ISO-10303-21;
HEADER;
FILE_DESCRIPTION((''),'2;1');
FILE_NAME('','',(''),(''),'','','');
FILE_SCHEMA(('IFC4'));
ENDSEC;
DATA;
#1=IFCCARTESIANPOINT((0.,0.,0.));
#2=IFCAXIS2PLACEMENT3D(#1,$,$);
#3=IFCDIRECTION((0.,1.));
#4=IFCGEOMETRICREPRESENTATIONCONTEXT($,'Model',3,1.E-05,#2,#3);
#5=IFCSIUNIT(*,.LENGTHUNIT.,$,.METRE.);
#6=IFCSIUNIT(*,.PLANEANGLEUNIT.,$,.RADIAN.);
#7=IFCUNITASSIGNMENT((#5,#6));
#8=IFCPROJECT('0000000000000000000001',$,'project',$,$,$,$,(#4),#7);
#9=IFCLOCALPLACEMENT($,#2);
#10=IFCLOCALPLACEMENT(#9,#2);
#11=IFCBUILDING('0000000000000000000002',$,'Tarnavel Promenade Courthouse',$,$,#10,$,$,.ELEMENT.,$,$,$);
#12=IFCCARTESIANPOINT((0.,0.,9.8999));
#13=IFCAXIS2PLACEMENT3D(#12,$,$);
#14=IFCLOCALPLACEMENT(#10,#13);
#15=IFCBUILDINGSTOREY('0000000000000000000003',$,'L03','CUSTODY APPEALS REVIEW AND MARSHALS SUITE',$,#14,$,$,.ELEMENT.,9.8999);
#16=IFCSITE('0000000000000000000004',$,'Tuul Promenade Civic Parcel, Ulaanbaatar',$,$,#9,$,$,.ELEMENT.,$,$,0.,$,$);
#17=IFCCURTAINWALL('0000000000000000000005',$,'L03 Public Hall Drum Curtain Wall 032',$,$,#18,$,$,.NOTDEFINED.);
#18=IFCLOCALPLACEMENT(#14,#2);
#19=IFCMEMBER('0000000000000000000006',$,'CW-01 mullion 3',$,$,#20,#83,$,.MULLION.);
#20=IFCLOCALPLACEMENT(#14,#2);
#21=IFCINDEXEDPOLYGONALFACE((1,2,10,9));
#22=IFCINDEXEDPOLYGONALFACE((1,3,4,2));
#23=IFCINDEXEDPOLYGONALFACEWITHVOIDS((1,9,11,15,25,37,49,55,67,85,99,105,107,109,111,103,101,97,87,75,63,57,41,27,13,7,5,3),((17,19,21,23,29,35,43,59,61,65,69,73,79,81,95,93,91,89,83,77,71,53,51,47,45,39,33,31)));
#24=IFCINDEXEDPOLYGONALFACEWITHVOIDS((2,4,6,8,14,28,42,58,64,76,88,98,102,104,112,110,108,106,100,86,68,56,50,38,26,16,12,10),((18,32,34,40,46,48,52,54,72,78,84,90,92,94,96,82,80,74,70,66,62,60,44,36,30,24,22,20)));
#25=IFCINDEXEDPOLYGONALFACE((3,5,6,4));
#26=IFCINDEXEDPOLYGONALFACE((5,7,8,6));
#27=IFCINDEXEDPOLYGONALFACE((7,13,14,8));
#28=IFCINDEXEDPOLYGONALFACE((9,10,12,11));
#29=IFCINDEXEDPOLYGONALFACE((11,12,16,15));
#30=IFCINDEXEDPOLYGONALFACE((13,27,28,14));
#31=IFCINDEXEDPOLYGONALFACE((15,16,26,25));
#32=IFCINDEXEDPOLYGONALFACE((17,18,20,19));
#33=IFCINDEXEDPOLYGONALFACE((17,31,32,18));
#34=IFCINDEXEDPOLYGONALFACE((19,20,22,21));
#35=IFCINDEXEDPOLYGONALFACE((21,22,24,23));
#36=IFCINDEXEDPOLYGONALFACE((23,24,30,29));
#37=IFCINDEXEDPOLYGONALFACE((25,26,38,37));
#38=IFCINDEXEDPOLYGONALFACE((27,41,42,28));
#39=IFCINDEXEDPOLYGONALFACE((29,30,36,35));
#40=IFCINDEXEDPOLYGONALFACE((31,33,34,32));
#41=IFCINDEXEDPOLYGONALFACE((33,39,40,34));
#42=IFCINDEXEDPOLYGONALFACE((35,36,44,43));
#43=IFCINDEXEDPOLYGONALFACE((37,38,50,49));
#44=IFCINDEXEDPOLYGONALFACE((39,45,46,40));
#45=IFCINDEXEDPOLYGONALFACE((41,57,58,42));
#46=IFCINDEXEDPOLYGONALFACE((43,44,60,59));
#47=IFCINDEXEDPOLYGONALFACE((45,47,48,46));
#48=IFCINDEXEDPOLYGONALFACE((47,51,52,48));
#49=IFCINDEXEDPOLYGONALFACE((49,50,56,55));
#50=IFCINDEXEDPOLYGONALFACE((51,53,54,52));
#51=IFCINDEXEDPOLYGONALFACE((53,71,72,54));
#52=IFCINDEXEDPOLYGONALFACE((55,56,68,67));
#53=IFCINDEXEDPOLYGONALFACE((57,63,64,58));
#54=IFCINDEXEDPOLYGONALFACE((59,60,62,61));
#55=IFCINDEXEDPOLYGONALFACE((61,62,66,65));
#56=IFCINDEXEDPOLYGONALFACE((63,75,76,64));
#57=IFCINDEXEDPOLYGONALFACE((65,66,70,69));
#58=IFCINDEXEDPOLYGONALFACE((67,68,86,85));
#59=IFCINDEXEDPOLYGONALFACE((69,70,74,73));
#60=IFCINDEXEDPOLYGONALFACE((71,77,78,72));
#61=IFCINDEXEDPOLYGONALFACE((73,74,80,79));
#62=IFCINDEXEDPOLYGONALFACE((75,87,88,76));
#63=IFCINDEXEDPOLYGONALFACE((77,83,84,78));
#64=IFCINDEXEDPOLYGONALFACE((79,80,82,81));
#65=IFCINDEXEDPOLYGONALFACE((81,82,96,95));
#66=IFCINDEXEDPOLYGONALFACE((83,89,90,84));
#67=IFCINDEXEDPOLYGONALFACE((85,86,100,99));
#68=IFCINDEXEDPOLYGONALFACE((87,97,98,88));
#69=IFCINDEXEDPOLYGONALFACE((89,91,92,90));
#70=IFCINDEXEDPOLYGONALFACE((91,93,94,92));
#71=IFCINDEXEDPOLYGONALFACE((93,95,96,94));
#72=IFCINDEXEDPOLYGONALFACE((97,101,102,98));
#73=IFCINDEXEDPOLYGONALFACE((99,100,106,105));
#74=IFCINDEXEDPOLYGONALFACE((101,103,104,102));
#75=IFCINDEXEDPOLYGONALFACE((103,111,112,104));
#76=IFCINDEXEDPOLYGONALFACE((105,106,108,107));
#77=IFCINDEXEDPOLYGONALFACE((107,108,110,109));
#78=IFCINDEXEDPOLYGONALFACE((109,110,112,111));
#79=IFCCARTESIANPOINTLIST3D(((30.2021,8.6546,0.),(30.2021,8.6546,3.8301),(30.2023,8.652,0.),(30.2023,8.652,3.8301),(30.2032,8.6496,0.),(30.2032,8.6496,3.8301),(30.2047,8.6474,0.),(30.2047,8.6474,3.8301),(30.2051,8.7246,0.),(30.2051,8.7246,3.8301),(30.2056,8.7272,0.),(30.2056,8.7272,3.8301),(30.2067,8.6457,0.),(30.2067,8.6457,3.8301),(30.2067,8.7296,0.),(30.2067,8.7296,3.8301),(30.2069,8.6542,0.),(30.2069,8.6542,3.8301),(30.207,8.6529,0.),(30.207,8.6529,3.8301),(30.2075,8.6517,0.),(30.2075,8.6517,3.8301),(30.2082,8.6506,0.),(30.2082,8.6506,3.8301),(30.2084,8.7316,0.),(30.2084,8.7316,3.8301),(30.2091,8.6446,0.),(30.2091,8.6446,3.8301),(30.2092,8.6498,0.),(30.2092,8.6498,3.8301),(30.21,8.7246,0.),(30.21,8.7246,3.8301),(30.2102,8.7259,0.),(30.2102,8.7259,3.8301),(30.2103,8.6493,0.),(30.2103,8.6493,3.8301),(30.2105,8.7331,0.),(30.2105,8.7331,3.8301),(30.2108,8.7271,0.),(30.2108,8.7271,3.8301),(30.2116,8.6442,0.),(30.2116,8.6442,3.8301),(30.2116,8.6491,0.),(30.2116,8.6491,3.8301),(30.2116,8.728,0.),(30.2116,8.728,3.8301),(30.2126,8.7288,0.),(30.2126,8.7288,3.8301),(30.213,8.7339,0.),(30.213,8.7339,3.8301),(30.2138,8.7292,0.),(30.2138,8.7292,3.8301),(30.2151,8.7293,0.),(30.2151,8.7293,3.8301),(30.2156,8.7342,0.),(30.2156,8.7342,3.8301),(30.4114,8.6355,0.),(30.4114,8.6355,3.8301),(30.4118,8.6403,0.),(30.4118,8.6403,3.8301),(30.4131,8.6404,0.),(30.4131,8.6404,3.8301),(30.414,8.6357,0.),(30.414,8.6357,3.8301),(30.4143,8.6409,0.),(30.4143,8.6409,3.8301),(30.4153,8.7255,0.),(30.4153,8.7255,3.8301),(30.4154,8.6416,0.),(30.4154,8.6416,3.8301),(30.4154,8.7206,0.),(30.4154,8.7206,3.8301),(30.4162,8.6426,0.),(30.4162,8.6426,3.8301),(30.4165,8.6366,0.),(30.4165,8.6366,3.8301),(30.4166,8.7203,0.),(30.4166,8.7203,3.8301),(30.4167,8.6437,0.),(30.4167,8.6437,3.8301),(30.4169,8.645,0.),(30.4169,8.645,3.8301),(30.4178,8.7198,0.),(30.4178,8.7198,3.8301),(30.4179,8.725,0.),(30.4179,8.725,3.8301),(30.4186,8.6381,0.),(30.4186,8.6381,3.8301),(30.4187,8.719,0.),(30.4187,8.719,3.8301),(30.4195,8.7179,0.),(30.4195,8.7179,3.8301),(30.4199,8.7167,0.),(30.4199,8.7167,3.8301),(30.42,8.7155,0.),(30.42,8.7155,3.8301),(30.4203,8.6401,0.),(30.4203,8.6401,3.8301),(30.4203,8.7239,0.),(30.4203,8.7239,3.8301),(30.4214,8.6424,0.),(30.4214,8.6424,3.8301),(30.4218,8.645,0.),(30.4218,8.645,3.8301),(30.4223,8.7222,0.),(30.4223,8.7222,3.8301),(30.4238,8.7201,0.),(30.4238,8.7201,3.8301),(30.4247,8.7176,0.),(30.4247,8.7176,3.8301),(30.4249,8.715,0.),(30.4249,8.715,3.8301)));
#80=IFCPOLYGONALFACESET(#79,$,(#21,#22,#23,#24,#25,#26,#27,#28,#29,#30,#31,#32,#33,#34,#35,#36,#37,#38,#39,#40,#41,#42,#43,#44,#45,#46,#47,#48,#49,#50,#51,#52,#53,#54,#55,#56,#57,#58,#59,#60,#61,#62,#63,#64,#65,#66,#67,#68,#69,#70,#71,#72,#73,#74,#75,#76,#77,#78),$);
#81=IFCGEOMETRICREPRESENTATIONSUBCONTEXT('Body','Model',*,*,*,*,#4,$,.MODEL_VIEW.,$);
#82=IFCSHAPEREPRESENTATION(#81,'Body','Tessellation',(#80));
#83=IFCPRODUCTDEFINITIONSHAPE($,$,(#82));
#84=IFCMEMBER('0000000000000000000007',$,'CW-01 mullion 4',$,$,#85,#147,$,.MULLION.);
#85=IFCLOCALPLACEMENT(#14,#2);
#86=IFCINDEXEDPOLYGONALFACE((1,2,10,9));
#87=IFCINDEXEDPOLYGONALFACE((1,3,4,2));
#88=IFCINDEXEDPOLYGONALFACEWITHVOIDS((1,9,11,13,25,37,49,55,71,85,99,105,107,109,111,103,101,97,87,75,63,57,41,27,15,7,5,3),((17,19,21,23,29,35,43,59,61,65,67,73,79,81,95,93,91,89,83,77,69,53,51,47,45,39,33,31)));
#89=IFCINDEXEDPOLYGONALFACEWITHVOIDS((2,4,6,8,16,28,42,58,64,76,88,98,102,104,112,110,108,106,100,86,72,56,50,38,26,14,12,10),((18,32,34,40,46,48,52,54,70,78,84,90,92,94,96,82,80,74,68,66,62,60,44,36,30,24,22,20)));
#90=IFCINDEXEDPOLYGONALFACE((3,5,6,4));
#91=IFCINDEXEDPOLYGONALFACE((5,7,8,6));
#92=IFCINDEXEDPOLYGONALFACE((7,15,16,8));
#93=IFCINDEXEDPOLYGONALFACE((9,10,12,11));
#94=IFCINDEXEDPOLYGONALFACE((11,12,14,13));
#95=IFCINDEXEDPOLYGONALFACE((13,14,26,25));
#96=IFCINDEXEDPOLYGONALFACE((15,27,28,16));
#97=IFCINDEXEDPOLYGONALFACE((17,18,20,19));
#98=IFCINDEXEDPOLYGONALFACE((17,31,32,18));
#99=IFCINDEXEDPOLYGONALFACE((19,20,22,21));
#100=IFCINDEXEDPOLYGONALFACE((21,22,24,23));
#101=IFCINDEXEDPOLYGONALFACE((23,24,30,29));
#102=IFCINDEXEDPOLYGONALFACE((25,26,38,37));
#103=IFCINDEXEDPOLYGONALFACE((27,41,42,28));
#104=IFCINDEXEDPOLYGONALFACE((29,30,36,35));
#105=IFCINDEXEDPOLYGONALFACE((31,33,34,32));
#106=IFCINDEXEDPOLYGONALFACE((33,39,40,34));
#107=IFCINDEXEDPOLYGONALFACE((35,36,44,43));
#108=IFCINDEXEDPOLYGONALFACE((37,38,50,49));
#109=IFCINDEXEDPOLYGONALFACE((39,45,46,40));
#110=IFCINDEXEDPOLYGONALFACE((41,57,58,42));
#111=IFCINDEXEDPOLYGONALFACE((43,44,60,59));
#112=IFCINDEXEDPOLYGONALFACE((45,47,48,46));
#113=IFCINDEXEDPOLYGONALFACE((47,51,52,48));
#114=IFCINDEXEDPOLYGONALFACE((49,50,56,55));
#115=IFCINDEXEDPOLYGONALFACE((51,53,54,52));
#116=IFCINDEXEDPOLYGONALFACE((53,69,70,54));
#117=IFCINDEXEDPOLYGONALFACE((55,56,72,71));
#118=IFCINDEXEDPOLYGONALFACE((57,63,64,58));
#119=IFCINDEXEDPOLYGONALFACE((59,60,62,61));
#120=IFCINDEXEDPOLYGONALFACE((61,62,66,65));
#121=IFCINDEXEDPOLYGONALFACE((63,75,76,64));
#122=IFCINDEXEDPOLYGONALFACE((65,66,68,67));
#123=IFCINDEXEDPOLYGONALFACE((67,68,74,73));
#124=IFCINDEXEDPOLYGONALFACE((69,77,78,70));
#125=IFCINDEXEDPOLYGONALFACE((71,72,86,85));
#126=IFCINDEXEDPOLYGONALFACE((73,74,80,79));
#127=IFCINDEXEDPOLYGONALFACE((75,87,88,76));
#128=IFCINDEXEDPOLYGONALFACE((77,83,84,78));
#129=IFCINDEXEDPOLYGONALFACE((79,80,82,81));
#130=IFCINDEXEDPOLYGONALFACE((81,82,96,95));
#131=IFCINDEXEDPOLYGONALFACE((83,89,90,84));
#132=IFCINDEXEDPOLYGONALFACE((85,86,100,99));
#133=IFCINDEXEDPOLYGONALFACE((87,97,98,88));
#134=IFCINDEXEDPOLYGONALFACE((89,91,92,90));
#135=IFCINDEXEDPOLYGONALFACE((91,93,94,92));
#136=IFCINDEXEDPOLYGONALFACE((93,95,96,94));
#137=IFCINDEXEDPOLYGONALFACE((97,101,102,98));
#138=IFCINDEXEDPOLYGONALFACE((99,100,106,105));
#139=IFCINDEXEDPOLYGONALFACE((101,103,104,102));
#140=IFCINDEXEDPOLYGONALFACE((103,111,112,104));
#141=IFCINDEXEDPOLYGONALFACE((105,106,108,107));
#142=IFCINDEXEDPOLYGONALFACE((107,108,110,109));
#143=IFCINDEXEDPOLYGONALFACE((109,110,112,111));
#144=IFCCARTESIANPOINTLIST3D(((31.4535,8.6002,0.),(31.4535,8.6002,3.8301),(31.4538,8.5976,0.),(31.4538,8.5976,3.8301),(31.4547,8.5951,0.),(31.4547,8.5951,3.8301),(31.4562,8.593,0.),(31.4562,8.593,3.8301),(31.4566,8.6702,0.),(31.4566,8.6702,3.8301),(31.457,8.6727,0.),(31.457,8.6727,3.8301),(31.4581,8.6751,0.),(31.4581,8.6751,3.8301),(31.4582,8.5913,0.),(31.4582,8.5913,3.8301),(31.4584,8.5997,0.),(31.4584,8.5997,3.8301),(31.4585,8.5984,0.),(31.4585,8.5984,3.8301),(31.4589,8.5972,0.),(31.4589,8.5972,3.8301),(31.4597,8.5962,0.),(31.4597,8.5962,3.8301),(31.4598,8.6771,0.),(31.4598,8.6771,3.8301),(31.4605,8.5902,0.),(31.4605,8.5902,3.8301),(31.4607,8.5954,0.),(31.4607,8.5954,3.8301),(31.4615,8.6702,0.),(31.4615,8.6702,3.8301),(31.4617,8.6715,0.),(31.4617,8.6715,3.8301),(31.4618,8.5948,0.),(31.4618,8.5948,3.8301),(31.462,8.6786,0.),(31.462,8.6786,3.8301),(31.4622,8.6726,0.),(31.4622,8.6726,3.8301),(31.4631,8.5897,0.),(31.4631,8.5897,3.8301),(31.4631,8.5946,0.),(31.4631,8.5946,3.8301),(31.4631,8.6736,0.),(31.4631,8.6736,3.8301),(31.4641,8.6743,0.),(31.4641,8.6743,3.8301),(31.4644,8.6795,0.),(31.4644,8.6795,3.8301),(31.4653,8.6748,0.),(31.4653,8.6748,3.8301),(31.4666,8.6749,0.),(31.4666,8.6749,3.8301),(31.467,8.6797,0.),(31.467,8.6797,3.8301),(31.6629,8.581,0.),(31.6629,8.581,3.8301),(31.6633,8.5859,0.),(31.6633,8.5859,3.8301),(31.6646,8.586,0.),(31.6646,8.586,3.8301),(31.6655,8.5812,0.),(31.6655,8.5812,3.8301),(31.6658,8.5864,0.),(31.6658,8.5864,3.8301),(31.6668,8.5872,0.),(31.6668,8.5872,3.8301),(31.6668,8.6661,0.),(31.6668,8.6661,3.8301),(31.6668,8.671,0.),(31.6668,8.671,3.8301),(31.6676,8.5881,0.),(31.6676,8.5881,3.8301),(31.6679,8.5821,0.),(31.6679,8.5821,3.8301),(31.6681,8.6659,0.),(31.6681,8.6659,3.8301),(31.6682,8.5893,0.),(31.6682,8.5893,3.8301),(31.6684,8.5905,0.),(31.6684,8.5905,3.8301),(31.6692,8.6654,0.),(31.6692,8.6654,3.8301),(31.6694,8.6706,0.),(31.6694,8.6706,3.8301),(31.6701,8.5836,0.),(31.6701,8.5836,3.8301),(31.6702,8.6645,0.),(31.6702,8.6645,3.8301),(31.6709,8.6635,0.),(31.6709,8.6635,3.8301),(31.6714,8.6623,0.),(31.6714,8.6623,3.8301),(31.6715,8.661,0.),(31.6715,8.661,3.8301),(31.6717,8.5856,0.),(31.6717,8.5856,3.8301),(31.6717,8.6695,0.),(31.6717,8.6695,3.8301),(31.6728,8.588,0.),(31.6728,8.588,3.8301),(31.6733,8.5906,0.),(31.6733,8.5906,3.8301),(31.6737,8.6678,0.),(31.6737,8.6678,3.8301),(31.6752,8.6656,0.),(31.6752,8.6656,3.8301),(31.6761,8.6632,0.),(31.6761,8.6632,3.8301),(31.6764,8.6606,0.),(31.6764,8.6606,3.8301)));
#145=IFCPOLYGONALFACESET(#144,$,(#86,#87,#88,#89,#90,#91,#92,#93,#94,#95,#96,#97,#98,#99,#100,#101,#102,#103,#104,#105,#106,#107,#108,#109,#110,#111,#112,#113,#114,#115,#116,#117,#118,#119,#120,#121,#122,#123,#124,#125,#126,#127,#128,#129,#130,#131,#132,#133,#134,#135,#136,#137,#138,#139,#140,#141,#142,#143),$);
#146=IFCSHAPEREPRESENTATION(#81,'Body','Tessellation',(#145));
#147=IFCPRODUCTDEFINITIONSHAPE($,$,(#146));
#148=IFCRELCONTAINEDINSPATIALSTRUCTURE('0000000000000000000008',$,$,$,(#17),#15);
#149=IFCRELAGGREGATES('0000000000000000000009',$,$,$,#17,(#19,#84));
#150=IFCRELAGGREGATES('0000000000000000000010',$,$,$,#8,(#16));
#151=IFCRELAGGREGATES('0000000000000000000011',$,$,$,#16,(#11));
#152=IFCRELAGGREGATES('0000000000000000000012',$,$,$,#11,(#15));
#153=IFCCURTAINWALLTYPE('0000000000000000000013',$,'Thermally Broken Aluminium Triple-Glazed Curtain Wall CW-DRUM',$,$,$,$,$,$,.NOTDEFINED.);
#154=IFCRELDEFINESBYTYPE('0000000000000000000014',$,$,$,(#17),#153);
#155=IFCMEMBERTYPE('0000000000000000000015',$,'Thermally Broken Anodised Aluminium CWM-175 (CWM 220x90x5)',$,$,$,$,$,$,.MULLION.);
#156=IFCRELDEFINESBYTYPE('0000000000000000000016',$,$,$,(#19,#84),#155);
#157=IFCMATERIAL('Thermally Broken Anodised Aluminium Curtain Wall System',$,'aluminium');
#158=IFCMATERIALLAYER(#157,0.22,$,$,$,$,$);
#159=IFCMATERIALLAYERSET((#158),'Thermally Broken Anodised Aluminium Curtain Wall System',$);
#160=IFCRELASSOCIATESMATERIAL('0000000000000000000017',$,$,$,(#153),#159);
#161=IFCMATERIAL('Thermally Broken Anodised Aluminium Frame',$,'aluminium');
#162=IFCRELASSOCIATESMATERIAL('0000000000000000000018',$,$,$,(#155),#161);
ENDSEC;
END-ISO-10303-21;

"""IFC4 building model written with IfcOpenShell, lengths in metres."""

from ifc_helpers import new_model, si_unit, direction, frame, origin, origin_2d, place, context, subcontext, project, spatial, hollow_rectangle, extrude, material, layer, layer_set, material_profile, profile_set, type_object, element, aggregate, save


model = new_model("IFC4")

# Units and contexts
model_context = context("Model", 3, precision=1e-05, world=origin(), true_north=direction((0.0, 1.0)))
body_context = subcontext(model_context, "Body", "Model", "MODEL_VIEW")
ifc_project = project(units=[si_unit("LENGTHUNIT", "METRE"), si_unit("PLANEANGLEUNIT", "RADIAN")], contexts=[model_context])

# Site, building, storey
site_placement = place(None, origin())
site = spatial("IfcSite", under=ifc_project, at=site_placement, Name="Tuul Promenade Civic Parcel, Ulaanbaatar", CompositionType="ELEMENT", RefElevation=0.0)
building_placement = place(site_placement, origin())
building = spatial("IfcBuilding", under=site, at=building_placement, Name="Tarnavel Promenade Courthouse", CompositionType="ELEMENT")
storey_placement = place(building_placement, frame((0.0, 0.0, 9.8999)))
storey = spatial("IfcBuildingStorey", under=building, at=storey_placement, Name="L03", Description="CUSTODY APPEALS REVIEW AND MARSHALS SUITE", CompositionType="ELEMENT", Elevation=9.8999)

# Curtain wall, members
ifc_material_1 = material(Name="Thermally Broken Anodised Aluminium Curtain Wall System", Category="aluminium")
ifc_layer_1 = layer(ifc_material_1, 0.22)
ifc_layer_set_1 = layer_set([ifc_layer_1], Name="Thermally Broken Anodised Aluminium Curtain Wall System")
curtain_wall_type = type_object("IfcCurtainWallType", Name="Thermally Broken Aluminium Triple-Glazed Curtain Wall CW-DRUM", PredefinedType="NOTDEFINED", material=ifc_layer_set_1)
curtain_wall_1_placement = place(storey_placement, origin())
curtain_wall_1 = element("IfcCurtainWall", 1, at=curtain_wall_1_placement, inside=storey, type_object=curtain_wall_type, Name="L03 Public Hall Drum Curtain Wall 032", PredefinedType="NOTDEFINED")
ifc_material_2 = material(Name="Thermally Broken Anodised Aluminium Frame", Category="aluminium")
ifc_material_profile_1 = material_profile(ifc_material_2, hollow_rectangle(XDim=0.0901, YDim=0.22, WallThickness=0.0049, InnerFilletRadius=0.0049, OuterFilletRadius=0.01, at=origin_2d()), Name="CWM 220x90x5")
ifc_profile_set_1 = profile_set([ifc_material_profile_1], Name="Thermally Broken Anodised Aluminium Frame")
member_type_1 = type_object("IfcMemberType", Name="Thermally Broken Anodised Aluminium CWM-175 (CWM 220x90x5)", PredefinedType="MULLION", material=ifc_profile_set_1)
member_1_placement = place(storey_placement, frame((30.3135, 8.6848, 0.0), z_axis=(0.0, 0.0, 1.0), x_axis=(0.043619, 0.999048, 0.0)))
member_1 = element("IfcMember", 2, at=member_1_placement, type_object=member_type_1, Name="CW-01 mullion 3", PredefinedType="MULLION", context=body_context, shape_type="SweptSolid", body=[
    extrude(hollow_rectangle(XDim=0.0901, YDim=0.22, WallThickness=0.0049, InnerFilletRadius=0.0049, OuterFilletRadius=0.01, at=origin_2d()), origin(), (0.0, 0.0, 1.0), 3.8301),
])
member_2_placement = place(storey_placement, frame((31.5649, 8.6304, 0.0), z_axis=(0.0, 0.0, 1.0), x_axis=(0.043619, 0.999048, 0.0)))
member_2 = element("IfcMember", 3, at=member_2_placement, type_object=member_type_1, Name="CW-01 mullion 4", PredefinedType="MULLION", context=body_context, shape_type="SweptSolid", body=[
    extrude(hollow_rectangle(XDim=0.0901, YDim=0.22, WallThickness=0.0049, InnerFilletRadius=0.0049, OuterFilletRadius=0.01, at=origin_2d()), origin(), (0.0, 0.0, 1.0), 3.8301),
])

aggregate(curtain_wall_1, [member_1, member_2])

save(model, "model.ifc")
